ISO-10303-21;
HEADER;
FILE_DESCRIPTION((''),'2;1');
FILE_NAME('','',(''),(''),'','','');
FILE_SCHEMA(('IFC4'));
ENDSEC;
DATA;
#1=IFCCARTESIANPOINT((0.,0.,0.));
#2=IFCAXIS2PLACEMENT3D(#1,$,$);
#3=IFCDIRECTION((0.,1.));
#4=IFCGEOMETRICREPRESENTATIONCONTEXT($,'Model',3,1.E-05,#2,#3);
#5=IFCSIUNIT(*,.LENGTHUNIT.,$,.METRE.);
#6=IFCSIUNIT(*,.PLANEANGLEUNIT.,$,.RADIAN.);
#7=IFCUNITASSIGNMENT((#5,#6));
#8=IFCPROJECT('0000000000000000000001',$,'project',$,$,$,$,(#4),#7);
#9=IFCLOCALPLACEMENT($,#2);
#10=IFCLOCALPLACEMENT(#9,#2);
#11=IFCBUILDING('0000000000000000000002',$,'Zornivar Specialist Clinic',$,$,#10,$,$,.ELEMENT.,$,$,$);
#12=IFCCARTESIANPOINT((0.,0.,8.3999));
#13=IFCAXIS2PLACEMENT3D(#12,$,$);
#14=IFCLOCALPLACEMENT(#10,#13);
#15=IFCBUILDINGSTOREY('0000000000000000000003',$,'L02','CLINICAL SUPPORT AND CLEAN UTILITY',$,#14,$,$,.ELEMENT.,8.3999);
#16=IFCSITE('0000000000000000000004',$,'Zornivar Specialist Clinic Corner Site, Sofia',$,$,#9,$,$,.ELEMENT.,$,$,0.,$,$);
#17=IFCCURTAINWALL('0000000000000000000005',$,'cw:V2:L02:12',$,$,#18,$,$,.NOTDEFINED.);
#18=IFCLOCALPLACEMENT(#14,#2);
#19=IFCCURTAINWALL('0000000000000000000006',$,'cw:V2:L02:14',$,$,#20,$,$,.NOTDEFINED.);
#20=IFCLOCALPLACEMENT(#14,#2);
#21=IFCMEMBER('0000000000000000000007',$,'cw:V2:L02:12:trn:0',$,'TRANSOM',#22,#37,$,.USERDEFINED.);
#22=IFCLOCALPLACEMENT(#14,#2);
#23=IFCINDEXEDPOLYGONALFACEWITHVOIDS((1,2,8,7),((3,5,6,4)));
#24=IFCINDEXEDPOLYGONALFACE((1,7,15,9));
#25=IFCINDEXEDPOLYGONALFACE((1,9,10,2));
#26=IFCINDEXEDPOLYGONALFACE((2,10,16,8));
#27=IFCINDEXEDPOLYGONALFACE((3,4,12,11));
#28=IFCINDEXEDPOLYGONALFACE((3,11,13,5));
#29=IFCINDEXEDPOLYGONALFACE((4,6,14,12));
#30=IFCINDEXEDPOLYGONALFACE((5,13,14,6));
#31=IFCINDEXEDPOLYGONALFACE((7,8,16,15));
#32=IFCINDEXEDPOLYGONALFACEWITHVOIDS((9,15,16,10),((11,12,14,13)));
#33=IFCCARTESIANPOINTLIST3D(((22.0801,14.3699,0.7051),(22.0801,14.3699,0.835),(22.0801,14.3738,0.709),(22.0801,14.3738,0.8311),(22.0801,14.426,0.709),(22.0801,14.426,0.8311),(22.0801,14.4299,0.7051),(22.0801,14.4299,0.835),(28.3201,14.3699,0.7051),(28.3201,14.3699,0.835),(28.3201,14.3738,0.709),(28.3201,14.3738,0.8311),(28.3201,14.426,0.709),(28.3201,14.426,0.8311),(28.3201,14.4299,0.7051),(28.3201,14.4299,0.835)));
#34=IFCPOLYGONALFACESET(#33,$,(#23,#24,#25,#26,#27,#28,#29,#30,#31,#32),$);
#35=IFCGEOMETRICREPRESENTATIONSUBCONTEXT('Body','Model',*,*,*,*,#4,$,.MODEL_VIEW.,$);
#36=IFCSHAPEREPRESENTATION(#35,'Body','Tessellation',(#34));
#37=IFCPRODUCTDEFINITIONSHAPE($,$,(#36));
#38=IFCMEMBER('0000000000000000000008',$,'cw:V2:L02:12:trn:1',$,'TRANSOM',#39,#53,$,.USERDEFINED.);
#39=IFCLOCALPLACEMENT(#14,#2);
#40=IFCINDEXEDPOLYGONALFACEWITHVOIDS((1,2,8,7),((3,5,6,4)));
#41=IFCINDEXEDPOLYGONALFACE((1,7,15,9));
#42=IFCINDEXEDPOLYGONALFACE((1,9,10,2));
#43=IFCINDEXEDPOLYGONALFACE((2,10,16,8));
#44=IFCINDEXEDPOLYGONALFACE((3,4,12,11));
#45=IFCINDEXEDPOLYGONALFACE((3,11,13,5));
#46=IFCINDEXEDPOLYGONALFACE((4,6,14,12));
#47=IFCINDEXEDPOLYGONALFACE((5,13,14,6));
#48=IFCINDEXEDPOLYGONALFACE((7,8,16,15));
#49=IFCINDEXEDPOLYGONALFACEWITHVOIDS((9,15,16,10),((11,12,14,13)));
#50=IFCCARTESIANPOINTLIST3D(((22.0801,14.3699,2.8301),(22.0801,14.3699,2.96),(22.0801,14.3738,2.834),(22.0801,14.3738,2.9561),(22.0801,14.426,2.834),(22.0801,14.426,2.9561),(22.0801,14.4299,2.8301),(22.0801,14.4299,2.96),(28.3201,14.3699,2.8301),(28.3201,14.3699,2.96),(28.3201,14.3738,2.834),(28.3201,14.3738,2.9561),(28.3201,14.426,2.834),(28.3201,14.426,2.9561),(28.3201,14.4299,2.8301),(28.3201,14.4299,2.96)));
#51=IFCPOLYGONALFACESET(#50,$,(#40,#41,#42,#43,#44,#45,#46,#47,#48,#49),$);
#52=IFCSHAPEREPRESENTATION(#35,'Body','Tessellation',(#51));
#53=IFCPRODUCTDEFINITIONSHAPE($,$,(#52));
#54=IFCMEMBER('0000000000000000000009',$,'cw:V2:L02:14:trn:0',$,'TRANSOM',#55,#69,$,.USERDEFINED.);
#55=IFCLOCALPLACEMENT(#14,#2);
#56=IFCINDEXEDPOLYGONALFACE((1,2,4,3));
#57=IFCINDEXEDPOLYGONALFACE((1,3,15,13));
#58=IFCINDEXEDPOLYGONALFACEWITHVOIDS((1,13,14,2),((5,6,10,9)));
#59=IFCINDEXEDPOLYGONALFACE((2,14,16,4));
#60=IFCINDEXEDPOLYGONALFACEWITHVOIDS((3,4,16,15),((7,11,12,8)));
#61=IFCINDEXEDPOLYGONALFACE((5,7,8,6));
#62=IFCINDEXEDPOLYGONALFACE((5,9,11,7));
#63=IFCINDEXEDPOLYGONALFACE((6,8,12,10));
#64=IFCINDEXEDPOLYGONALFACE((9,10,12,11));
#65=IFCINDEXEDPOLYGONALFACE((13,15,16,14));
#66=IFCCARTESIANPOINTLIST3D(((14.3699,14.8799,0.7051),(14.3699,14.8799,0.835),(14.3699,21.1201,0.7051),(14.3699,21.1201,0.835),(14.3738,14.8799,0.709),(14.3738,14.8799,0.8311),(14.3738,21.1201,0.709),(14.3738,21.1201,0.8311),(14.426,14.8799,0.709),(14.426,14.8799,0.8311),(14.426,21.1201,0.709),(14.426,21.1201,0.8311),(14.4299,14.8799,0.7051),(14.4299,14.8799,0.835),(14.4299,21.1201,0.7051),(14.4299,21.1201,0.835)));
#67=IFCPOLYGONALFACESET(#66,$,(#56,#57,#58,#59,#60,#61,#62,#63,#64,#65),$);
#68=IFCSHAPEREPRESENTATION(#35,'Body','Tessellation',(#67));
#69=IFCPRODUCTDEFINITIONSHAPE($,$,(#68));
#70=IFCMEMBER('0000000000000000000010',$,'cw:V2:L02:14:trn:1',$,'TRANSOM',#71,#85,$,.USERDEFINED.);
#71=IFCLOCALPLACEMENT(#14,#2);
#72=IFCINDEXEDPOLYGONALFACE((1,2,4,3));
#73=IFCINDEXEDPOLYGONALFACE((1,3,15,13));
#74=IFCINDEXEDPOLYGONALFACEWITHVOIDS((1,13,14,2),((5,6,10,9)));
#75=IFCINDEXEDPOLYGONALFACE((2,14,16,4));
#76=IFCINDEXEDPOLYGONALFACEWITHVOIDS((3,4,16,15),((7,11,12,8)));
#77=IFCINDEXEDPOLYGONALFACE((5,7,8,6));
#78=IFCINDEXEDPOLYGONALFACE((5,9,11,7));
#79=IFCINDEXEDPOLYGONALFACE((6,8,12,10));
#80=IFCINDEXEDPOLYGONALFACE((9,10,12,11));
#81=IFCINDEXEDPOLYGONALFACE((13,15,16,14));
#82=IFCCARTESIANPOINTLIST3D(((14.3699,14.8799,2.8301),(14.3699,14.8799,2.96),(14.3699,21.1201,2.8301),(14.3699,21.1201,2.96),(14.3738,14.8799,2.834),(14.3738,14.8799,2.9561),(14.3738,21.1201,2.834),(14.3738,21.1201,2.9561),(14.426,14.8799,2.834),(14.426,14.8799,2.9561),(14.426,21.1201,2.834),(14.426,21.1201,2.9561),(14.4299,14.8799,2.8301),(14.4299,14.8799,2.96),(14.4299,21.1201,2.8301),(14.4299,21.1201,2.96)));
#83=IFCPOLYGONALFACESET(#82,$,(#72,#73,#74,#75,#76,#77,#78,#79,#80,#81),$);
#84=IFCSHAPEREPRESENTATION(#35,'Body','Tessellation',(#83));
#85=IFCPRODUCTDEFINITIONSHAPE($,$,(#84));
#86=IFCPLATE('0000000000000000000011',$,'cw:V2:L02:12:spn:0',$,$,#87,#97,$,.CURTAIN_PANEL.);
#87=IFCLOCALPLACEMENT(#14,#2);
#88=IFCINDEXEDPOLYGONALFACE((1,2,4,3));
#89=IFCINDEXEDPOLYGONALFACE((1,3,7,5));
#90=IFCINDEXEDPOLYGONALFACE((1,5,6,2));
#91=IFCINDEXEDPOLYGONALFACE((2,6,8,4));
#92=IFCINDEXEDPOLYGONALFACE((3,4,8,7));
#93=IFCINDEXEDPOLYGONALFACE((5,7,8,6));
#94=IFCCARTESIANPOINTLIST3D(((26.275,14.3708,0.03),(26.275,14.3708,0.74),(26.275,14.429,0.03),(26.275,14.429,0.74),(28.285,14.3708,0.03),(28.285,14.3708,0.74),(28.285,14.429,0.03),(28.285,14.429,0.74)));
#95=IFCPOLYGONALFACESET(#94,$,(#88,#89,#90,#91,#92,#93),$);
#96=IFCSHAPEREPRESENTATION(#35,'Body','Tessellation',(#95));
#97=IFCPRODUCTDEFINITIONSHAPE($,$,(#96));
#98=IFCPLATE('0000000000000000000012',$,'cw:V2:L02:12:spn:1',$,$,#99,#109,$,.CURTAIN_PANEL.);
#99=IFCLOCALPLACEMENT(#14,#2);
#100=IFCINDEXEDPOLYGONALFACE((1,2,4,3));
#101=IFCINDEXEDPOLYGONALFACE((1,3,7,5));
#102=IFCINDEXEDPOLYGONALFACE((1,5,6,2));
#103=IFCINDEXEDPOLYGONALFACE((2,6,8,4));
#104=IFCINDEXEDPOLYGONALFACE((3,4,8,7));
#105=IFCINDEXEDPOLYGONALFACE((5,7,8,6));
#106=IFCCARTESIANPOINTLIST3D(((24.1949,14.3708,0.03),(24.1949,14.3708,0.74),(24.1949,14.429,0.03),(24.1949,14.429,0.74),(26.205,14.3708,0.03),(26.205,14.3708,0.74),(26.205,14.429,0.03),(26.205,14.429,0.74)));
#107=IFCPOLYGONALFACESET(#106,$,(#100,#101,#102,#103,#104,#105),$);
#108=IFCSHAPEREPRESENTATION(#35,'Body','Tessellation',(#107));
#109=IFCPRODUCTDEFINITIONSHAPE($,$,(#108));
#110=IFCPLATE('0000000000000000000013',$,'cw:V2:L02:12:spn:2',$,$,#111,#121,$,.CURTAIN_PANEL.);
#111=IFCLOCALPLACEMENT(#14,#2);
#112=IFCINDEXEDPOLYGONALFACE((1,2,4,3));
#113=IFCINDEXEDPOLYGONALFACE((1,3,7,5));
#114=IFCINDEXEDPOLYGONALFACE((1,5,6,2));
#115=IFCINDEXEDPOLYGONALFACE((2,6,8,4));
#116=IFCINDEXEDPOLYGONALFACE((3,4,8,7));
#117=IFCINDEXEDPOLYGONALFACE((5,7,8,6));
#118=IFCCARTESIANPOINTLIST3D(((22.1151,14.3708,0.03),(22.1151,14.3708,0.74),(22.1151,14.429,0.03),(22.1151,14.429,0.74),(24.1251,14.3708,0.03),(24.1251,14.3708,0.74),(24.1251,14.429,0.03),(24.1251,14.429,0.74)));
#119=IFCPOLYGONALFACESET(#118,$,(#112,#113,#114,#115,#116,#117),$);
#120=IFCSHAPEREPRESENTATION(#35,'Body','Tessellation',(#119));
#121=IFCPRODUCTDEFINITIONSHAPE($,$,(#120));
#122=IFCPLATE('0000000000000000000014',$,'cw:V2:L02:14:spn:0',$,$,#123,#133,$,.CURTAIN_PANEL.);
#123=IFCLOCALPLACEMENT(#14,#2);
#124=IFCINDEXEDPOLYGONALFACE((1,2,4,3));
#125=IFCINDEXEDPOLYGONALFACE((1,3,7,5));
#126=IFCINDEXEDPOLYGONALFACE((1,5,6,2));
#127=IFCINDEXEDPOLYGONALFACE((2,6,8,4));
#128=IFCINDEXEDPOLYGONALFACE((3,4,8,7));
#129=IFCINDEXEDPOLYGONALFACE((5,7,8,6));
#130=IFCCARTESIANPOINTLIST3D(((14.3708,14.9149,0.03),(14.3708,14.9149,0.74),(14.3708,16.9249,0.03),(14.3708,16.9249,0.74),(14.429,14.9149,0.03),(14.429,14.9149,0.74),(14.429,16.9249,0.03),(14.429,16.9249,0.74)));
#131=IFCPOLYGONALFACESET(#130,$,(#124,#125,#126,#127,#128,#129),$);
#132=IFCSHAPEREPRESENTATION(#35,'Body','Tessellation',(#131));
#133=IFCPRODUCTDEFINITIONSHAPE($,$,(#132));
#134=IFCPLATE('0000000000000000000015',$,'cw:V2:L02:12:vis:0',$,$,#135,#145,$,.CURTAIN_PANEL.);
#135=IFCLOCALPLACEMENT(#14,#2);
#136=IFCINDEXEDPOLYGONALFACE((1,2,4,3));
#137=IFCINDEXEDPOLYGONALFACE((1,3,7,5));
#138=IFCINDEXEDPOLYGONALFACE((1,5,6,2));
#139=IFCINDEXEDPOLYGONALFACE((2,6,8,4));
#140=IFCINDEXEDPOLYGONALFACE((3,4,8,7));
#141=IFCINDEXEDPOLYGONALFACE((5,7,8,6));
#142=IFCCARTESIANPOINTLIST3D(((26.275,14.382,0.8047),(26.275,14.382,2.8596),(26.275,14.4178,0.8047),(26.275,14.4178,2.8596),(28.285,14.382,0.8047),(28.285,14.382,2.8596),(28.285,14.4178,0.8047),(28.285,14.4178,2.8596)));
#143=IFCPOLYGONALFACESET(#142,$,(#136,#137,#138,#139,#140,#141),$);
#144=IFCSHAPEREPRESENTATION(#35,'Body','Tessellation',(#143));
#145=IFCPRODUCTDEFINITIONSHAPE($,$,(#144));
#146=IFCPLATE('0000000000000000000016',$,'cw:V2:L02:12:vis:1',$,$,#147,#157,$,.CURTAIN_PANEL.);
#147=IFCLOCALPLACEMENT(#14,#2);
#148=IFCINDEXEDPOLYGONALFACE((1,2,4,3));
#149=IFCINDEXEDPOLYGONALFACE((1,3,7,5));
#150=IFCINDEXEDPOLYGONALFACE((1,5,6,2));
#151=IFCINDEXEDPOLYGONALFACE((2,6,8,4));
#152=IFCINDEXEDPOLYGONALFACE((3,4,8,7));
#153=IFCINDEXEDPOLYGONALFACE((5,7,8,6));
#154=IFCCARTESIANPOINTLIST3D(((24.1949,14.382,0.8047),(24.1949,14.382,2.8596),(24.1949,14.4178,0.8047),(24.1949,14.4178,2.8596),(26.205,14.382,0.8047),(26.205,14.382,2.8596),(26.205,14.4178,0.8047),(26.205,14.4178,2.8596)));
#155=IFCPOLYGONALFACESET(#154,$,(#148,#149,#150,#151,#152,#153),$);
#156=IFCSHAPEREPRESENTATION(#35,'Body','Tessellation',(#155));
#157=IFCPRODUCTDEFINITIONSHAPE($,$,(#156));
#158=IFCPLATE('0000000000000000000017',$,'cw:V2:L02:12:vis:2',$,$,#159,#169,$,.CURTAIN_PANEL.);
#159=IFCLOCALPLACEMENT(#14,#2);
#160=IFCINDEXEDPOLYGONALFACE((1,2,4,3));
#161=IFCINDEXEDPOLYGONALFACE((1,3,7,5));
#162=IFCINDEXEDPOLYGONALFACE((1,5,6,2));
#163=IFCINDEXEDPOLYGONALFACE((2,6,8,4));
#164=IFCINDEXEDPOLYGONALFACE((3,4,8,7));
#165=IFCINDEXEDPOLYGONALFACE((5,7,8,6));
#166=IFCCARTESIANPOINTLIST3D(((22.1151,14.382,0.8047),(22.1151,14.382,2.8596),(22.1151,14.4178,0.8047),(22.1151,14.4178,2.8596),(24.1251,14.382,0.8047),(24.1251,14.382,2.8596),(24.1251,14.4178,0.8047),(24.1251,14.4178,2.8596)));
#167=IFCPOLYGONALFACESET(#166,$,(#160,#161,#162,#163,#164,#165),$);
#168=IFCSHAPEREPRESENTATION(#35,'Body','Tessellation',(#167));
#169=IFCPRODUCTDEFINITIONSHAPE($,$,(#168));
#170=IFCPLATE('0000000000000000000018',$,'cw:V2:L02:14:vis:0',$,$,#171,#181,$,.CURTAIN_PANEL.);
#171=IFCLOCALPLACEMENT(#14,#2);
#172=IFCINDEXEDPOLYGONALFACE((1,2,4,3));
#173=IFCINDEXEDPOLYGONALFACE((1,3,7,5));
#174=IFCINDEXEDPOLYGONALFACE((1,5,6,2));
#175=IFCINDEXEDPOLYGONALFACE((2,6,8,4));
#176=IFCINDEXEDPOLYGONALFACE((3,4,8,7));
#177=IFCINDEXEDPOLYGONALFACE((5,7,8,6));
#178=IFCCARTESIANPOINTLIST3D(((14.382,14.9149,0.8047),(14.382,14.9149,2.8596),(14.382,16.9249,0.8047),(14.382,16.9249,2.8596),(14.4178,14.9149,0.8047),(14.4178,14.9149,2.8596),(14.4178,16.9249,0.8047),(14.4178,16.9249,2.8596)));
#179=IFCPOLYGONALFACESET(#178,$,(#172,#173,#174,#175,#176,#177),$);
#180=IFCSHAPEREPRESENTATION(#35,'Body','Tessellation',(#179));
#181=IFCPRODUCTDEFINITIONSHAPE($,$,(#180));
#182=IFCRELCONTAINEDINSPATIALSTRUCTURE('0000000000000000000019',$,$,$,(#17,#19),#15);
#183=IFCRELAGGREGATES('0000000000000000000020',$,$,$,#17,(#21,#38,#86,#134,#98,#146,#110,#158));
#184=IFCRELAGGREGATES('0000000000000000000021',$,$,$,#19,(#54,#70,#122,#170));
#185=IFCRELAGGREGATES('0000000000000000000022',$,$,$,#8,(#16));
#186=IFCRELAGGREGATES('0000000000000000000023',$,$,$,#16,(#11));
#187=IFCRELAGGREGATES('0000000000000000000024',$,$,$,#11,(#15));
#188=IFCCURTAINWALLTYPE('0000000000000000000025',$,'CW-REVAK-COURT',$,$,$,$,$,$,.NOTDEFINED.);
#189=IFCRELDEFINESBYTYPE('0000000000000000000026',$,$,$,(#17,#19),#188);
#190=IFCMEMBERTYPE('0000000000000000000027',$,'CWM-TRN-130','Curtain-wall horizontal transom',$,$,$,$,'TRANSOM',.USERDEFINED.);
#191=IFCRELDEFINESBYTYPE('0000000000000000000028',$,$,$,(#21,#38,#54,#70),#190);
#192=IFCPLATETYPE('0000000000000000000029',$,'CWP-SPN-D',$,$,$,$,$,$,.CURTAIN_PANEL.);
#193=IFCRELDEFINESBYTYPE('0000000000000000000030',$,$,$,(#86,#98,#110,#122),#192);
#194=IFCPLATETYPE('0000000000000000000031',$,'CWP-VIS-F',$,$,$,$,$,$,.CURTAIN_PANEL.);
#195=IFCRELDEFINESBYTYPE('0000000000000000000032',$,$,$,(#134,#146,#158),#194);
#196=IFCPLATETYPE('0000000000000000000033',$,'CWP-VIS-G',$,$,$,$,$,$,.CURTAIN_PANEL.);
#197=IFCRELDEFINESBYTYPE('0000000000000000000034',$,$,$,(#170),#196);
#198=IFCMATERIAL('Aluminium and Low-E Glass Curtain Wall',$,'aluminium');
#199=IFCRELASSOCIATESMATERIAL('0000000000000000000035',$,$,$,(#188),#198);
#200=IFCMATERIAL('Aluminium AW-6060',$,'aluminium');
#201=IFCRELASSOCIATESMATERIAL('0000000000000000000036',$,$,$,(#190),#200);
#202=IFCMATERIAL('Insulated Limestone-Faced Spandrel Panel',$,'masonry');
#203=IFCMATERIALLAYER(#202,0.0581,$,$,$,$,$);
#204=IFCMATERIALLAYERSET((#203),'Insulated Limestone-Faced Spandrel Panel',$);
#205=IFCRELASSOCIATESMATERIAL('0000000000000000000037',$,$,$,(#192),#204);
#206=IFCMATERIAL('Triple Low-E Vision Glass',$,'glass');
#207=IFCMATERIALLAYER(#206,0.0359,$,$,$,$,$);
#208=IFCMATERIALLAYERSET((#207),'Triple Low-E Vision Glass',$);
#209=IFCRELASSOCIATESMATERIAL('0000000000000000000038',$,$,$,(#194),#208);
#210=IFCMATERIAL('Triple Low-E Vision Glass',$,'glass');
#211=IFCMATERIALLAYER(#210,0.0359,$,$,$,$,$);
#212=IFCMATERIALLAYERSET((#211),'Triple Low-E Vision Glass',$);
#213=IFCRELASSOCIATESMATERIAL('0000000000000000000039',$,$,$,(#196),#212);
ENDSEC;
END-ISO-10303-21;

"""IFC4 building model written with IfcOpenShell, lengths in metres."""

from ifc_helpers import new_model, si_unit, direction, frame, origin, origin_2d, place, context, subcontext, project, spatial, rectangle, hollow_rectangle, extrude, material, layer, layer_set, material_profile, profile_set, type_object, element, aggregate, save


model = new_model("IFC4")

# Units and contexts
model_context = context("Model", 3, precision=1e-05, world=origin(), true_north=direction((0.0, 1.0)))
body_context = subcontext(model_context, "Body", "Model", "MODEL_VIEW")
ifc_project = project(units=[si_unit("LENGTHUNIT", "METRE"), si_unit("PLANEANGLEUNIT", "RADIAN")], contexts=[model_context])

# Site, building, storey
site_placement = place(None, origin())
site = spatial("IfcSite", under=ifc_project, at=site_placement, Name="Zornivar Specialist Clinic Corner Site, Sofia", CompositionType="ELEMENT", RefElevation=0.0)
building_placement = place(site_placement, origin())
building = spatial("IfcBuilding", under=site, at=building_placement, Name="Zornivar Specialist Clinic", CompositionType="ELEMENT")
storey_placement = place(building_placement, frame((0.0, 0.0, 8.3999)))
storey = spatial("IfcBuildingStorey", under=building, at=storey_placement, Name="L02", Description="CLINICAL SUPPORT AND CLEAN UTILITY", CompositionType="ELEMENT", Elevation=8.3999)

# Curtain walls
ifc_material_1 = material(Name="Aluminium and Low-E Glass Curtain Wall", Category="aluminium")
curtain_wall_type = type_object("IfcCurtainWallType", Name="CW-REVAK-COURT", PredefinedType="NOTDEFINED", material=ifc_material_1)
curtain_wall_1_placement = place(storey_placement, origin())
curtain_wall_1 = element("IfcCurtainWall", 1, at=curtain_wall_1_placement, inside=storey, type_object=curtain_wall_type, Name="cw:V2:L02:12", PredefinedType="NOTDEFINED")
curtain_wall_2_placement = place(storey_placement, origin())
curtain_wall_2 = element("IfcCurtainWall", 2, at=curtain_wall_2_placement, inside=storey, type_object=curtain_wall_type, Name="cw:V2:L02:14", PredefinedType="NOTDEFINED")

# Members
ifc_material_2 = material(Name="Aluminium AW-6060", Category="aluminium")
ifc_material_profile_1 = material_profile(ifc_material_2, hollow_rectangle(XDim=0.0601, YDim=0.1299, WallThickness=0.0039, at=origin_2d()), Name="ALU 60x130x4")
ifc_profile_set_1 = profile_set([ifc_material_profile_1], Name="Aluminium AW-6060")
member_type_1 = type_object("IfcMemberType", Name="CWM-TRN-130", Description="Curtain-wall horizontal transom", ElementType="TRANSOM", PredefinedType="USERDEFINED", material=ifc_profile_set_1)
member_1_placement = place(storey_placement, frame((28.3201, 14.3999, 0.77), z_axis=(-1.0, 0.0, 0.0), x_axis=(0.0, -1.0, 0.0)))
member_1 = element("IfcMember", 3, at=member_1_placement, type_object=member_type_1, Name="cw:V2:L02:12:trn:0", ObjectType="TRANSOM", PredefinedType="USERDEFINED", context=body_context, shape_type="SweptSolid", body=[
    extrude(hollow_rectangle(XDim=0.0601, YDim=0.1299, WallThickness=0.0039, at=origin_2d()), origin(), (0.0, 0.0, 1.0), 6.24),
])
member_2_placement = place(storey_placement, frame((28.3201, 14.3999, 2.895), z_axis=(-1.0, 0.0, 0.0), x_axis=(0.0, -1.0, 0.0)))
member_2 = element("IfcMember", 4, at=member_2_placement, type_object=member_type_1, Name="cw:V2:L02:12:trn:1", ObjectType="TRANSOM", PredefinedType="USERDEFINED", context=body_context, shape_type="SweptSolid", body=[
    extrude(hollow_rectangle(XDim=0.0601, YDim=0.1299, WallThickness=0.0039, at=origin_2d()), origin(), (0.0, 0.0, 1.0), 6.24),
])
member_3_placement = place(storey_placement, frame((14.3999, 14.8799, 0.77), z_axis=(0.0, 1.0, 0.0), x_axis=(-1.0, 0.0, 0.0)))
member_3 = element("IfcMember", 5, at=member_3_placement, type_object=member_type_1, Name="cw:V2:L02:14:trn:0", ObjectType="TRANSOM", PredefinedType="USERDEFINED", context=body_context, shape_type="SweptSolid", body=[
    extrude(hollow_rectangle(XDim=0.0601, YDim=0.1299, WallThickness=0.0039, at=origin_2d()), origin(), (0.0, 0.0, 1.0), 6.2402),
])
member_4_placement = place(storey_placement, frame((14.3999, 14.8799, 2.895), z_axis=(0.0, 1.0, 0.0), x_axis=(-1.0, 0.0, 0.0)))
member_4 = element("IfcMember", 6, at=member_4_placement, type_object=member_type_1, Name="cw:V2:L02:14:trn:1", ObjectType="TRANSOM", PredefinedType="USERDEFINED", context=body_context, shape_type="SweptSolid", body=[
    extrude(hollow_rectangle(XDim=0.0601, YDim=0.1299, WallThickness=0.0039, at=origin_2d()), origin(), (0.0, 0.0, 1.0), 6.2402),
])

# Plates
ifc_material_3 = material(Name="Insulated Limestone-Faced Spandrel Panel", Category="masonry")
ifc_layer_1 = layer(ifc_material_3, 0.0581)
ifc_layer_set_1 = layer_set([ifc_layer_1], Name="Insulated Limestone-Faced Spandrel Panel")
plate_type_1 = type_object("IfcPlateType", Name="CWP-SPN-D", PredefinedType="CURTAIN_PANEL", material=ifc_layer_set_1)
plate_1_placement = place(storey_placement, frame((27.28, 14.3999, 0.03), z_axis=(0.0, 0.0, 1.0), x_axis=(-1.0, 0.0, 0.0)))
plate_1 = element("IfcPlate", 7, at=plate_1_placement, type_object=plate_type_1, Name="cw:V2:L02:12:spn:0", PredefinedType="CURTAIN_PANEL", context=body_context, shape_type="SweptSolid", body=[
    extrude(rectangle(XDim=2.01, YDim=0.0581, at=origin_2d()), origin(), (0.0, 0.0, 1.0), 0.71),
])
plate_2_placement = place(storey_placement, frame((25.2, 14.3999, 0.03), z_axis=(0.0, 0.0, 1.0), x_axis=(-1.0, 0.0, 0.0)))
plate_2 = element("IfcPlate", 8, at=plate_2_placement, type_object=plate_type_1, Name="cw:V2:L02:12:spn:1", PredefinedType="CURTAIN_PANEL", context=body_context, shape_type="SweptSolid", body=[
    extrude(rectangle(XDim=2.01, YDim=0.0581, at=origin_2d()), origin(), (0.0, 0.0, 1.0), 0.71),
])
plate_3_placement = place(storey_placement, frame((23.1201, 14.3999, 0.03), z_axis=(0.0, 0.0, 1.0), x_axis=(-1.0, 0.0, 0.0)))
plate_3 = element("IfcPlate", 9, at=plate_3_placement, type_object=plate_type_1, Name="cw:V2:L02:12:spn:2", PredefinedType="CURTAIN_PANEL", context=body_context, shape_type="SweptSolid", body=[
    extrude(rectangle(XDim=2.01, YDim=0.0581, at=origin_2d()), origin(), (0.0, 0.0, 1.0), 0.71),
])
plate_4_placement = place(storey_placement, frame((14.3999, 15.9199, 0.03), z_axis=(0.0, 0.0, 1.0), x_axis=(0.0, 1.0, 0.0)))
plate_4 = element("IfcPlate", 10, at=plate_4_placement, type_object=plate_type_1, Name="cw:V2:L02:14:spn:0", PredefinedType="CURTAIN_PANEL", context=body_context, shape_type="SweptSolid", body=[
    extrude(rectangle(XDim=2.01, YDim=0.0581, at=origin_2d()), origin(), (0.0, 0.0, 1.0), 0.71),
])
ifc_material_4 = material(Name="Triple Low-E Vision Glass", Category="glass")
ifc_layer_2 = layer(ifc_material_4, 0.0359)
ifc_layer_set_2 = layer_set([ifc_layer_2], Name="Triple Low-E Vision Glass")
plate_type_2 = type_object("IfcPlateType", Name="CWP-VIS-F", PredefinedType="CURTAIN_PANEL", material=ifc_layer_set_2)
plate_5_placement = place(storey_placement, frame((27.28, 14.3999, 0.8047), z_axis=(0.0, 0.0, 1.0), x_axis=(-1.0, 0.0, 0.0)))
plate_5 = element("IfcPlate", 11, at=plate_5_placement, type_object=plate_type_2, Name="cw:V2:L02:12:vis:0", PredefinedType="CURTAIN_PANEL", context=body_context, shape_type="SweptSolid", body=[
    extrude(rectangle(XDim=2.01, YDim=0.0359, at=origin_2d()), origin(), (0.0, 0.0, 1.0), 2.0549),
])
plate_6_placement = place(storey_placement, frame((25.2, 14.3999, 0.8047), z_axis=(0.0, 0.0, 1.0), x_axis=(-1.0, 0.0, 0.0)))
plate_6 = element("IfcPlate", 12, at=plate_6_placement, type_object=plate_type_2, Name="cw:V2:L02:12:vis:1", PredefinedType="CURTAIN_PANEL", context=body_context, shape_type="SweptSolid", body=[
    extrude(rectangle(XDim=2.01, YDim=0.0359, at=origin_2d()), origin(), (0.0, 0.0, 1.0), 2.0549),
])
plate_7_placement = place(storey_placement, frame((23.1201, 14.3999, 0.8047), z_axis=(0.0, 0.0, 1.0), x_axis=(-1.0, 0.0, 0.0)))
plate_7 = element("IfcPlate", 13, at=plate_7_placement, type_object=plate_type_2, Name="cw:V2:L02:12:vis:2", PredefinedType="CURTAIN_PANEL", context=body_context, shape_type="SweptSolid", body=[
    extrude(rectangle(XDim=2.01, YDim=0.0359, at=origin_2d()), origin(), (0.0, 0.0, 1.0), 2.0549),
])
aggregate(curtain_wall_1, [member_1, member_2, plate_1, plate_5, plate_2, plate_6, plate_3, plate_7])
ifc_material_5 = material(Name="Triple Low-E Vision Glass", Category="glass")
ifc_layer_3 = layer(ifc_material_5, 0.0359)
ifc_layer_set_3 = layer_set([ifc_layer_3], Name="Triple Low-E Vision Glass")
plate_type_3 = type_object("IfcPlateType", Name="CWP-VIS-G", PredefinedType="CURTAIN_PANEL", material=ifc_layer_set_3)
plate_8_placement = place(storey_placement, frame((14.3999, 15.9199, 0.8047), z_axis=(0.0, 0.0, 1.0), x_axis=(0.0, 1.0, 0.0)))
plate_8 = element("IfcPlate", 14, at=plate_8_placement, type_object=plate_type_3, Name="cw:V2:L02:14:vis:0", PredefinedType="CURTAIN_PANEL", context=body_context, shape_type="SweptSolid", body=[
    extrude(rectangle(XDim=2.01, YDim=0.0359, at=origin_2d()), origin(), (0.0, 0.0, 1.0), 2.0549),
])
aggregate(curtain_wall_2, [member_3, member_4, plate_4, plate_8])

save(model, "model.ifc")
